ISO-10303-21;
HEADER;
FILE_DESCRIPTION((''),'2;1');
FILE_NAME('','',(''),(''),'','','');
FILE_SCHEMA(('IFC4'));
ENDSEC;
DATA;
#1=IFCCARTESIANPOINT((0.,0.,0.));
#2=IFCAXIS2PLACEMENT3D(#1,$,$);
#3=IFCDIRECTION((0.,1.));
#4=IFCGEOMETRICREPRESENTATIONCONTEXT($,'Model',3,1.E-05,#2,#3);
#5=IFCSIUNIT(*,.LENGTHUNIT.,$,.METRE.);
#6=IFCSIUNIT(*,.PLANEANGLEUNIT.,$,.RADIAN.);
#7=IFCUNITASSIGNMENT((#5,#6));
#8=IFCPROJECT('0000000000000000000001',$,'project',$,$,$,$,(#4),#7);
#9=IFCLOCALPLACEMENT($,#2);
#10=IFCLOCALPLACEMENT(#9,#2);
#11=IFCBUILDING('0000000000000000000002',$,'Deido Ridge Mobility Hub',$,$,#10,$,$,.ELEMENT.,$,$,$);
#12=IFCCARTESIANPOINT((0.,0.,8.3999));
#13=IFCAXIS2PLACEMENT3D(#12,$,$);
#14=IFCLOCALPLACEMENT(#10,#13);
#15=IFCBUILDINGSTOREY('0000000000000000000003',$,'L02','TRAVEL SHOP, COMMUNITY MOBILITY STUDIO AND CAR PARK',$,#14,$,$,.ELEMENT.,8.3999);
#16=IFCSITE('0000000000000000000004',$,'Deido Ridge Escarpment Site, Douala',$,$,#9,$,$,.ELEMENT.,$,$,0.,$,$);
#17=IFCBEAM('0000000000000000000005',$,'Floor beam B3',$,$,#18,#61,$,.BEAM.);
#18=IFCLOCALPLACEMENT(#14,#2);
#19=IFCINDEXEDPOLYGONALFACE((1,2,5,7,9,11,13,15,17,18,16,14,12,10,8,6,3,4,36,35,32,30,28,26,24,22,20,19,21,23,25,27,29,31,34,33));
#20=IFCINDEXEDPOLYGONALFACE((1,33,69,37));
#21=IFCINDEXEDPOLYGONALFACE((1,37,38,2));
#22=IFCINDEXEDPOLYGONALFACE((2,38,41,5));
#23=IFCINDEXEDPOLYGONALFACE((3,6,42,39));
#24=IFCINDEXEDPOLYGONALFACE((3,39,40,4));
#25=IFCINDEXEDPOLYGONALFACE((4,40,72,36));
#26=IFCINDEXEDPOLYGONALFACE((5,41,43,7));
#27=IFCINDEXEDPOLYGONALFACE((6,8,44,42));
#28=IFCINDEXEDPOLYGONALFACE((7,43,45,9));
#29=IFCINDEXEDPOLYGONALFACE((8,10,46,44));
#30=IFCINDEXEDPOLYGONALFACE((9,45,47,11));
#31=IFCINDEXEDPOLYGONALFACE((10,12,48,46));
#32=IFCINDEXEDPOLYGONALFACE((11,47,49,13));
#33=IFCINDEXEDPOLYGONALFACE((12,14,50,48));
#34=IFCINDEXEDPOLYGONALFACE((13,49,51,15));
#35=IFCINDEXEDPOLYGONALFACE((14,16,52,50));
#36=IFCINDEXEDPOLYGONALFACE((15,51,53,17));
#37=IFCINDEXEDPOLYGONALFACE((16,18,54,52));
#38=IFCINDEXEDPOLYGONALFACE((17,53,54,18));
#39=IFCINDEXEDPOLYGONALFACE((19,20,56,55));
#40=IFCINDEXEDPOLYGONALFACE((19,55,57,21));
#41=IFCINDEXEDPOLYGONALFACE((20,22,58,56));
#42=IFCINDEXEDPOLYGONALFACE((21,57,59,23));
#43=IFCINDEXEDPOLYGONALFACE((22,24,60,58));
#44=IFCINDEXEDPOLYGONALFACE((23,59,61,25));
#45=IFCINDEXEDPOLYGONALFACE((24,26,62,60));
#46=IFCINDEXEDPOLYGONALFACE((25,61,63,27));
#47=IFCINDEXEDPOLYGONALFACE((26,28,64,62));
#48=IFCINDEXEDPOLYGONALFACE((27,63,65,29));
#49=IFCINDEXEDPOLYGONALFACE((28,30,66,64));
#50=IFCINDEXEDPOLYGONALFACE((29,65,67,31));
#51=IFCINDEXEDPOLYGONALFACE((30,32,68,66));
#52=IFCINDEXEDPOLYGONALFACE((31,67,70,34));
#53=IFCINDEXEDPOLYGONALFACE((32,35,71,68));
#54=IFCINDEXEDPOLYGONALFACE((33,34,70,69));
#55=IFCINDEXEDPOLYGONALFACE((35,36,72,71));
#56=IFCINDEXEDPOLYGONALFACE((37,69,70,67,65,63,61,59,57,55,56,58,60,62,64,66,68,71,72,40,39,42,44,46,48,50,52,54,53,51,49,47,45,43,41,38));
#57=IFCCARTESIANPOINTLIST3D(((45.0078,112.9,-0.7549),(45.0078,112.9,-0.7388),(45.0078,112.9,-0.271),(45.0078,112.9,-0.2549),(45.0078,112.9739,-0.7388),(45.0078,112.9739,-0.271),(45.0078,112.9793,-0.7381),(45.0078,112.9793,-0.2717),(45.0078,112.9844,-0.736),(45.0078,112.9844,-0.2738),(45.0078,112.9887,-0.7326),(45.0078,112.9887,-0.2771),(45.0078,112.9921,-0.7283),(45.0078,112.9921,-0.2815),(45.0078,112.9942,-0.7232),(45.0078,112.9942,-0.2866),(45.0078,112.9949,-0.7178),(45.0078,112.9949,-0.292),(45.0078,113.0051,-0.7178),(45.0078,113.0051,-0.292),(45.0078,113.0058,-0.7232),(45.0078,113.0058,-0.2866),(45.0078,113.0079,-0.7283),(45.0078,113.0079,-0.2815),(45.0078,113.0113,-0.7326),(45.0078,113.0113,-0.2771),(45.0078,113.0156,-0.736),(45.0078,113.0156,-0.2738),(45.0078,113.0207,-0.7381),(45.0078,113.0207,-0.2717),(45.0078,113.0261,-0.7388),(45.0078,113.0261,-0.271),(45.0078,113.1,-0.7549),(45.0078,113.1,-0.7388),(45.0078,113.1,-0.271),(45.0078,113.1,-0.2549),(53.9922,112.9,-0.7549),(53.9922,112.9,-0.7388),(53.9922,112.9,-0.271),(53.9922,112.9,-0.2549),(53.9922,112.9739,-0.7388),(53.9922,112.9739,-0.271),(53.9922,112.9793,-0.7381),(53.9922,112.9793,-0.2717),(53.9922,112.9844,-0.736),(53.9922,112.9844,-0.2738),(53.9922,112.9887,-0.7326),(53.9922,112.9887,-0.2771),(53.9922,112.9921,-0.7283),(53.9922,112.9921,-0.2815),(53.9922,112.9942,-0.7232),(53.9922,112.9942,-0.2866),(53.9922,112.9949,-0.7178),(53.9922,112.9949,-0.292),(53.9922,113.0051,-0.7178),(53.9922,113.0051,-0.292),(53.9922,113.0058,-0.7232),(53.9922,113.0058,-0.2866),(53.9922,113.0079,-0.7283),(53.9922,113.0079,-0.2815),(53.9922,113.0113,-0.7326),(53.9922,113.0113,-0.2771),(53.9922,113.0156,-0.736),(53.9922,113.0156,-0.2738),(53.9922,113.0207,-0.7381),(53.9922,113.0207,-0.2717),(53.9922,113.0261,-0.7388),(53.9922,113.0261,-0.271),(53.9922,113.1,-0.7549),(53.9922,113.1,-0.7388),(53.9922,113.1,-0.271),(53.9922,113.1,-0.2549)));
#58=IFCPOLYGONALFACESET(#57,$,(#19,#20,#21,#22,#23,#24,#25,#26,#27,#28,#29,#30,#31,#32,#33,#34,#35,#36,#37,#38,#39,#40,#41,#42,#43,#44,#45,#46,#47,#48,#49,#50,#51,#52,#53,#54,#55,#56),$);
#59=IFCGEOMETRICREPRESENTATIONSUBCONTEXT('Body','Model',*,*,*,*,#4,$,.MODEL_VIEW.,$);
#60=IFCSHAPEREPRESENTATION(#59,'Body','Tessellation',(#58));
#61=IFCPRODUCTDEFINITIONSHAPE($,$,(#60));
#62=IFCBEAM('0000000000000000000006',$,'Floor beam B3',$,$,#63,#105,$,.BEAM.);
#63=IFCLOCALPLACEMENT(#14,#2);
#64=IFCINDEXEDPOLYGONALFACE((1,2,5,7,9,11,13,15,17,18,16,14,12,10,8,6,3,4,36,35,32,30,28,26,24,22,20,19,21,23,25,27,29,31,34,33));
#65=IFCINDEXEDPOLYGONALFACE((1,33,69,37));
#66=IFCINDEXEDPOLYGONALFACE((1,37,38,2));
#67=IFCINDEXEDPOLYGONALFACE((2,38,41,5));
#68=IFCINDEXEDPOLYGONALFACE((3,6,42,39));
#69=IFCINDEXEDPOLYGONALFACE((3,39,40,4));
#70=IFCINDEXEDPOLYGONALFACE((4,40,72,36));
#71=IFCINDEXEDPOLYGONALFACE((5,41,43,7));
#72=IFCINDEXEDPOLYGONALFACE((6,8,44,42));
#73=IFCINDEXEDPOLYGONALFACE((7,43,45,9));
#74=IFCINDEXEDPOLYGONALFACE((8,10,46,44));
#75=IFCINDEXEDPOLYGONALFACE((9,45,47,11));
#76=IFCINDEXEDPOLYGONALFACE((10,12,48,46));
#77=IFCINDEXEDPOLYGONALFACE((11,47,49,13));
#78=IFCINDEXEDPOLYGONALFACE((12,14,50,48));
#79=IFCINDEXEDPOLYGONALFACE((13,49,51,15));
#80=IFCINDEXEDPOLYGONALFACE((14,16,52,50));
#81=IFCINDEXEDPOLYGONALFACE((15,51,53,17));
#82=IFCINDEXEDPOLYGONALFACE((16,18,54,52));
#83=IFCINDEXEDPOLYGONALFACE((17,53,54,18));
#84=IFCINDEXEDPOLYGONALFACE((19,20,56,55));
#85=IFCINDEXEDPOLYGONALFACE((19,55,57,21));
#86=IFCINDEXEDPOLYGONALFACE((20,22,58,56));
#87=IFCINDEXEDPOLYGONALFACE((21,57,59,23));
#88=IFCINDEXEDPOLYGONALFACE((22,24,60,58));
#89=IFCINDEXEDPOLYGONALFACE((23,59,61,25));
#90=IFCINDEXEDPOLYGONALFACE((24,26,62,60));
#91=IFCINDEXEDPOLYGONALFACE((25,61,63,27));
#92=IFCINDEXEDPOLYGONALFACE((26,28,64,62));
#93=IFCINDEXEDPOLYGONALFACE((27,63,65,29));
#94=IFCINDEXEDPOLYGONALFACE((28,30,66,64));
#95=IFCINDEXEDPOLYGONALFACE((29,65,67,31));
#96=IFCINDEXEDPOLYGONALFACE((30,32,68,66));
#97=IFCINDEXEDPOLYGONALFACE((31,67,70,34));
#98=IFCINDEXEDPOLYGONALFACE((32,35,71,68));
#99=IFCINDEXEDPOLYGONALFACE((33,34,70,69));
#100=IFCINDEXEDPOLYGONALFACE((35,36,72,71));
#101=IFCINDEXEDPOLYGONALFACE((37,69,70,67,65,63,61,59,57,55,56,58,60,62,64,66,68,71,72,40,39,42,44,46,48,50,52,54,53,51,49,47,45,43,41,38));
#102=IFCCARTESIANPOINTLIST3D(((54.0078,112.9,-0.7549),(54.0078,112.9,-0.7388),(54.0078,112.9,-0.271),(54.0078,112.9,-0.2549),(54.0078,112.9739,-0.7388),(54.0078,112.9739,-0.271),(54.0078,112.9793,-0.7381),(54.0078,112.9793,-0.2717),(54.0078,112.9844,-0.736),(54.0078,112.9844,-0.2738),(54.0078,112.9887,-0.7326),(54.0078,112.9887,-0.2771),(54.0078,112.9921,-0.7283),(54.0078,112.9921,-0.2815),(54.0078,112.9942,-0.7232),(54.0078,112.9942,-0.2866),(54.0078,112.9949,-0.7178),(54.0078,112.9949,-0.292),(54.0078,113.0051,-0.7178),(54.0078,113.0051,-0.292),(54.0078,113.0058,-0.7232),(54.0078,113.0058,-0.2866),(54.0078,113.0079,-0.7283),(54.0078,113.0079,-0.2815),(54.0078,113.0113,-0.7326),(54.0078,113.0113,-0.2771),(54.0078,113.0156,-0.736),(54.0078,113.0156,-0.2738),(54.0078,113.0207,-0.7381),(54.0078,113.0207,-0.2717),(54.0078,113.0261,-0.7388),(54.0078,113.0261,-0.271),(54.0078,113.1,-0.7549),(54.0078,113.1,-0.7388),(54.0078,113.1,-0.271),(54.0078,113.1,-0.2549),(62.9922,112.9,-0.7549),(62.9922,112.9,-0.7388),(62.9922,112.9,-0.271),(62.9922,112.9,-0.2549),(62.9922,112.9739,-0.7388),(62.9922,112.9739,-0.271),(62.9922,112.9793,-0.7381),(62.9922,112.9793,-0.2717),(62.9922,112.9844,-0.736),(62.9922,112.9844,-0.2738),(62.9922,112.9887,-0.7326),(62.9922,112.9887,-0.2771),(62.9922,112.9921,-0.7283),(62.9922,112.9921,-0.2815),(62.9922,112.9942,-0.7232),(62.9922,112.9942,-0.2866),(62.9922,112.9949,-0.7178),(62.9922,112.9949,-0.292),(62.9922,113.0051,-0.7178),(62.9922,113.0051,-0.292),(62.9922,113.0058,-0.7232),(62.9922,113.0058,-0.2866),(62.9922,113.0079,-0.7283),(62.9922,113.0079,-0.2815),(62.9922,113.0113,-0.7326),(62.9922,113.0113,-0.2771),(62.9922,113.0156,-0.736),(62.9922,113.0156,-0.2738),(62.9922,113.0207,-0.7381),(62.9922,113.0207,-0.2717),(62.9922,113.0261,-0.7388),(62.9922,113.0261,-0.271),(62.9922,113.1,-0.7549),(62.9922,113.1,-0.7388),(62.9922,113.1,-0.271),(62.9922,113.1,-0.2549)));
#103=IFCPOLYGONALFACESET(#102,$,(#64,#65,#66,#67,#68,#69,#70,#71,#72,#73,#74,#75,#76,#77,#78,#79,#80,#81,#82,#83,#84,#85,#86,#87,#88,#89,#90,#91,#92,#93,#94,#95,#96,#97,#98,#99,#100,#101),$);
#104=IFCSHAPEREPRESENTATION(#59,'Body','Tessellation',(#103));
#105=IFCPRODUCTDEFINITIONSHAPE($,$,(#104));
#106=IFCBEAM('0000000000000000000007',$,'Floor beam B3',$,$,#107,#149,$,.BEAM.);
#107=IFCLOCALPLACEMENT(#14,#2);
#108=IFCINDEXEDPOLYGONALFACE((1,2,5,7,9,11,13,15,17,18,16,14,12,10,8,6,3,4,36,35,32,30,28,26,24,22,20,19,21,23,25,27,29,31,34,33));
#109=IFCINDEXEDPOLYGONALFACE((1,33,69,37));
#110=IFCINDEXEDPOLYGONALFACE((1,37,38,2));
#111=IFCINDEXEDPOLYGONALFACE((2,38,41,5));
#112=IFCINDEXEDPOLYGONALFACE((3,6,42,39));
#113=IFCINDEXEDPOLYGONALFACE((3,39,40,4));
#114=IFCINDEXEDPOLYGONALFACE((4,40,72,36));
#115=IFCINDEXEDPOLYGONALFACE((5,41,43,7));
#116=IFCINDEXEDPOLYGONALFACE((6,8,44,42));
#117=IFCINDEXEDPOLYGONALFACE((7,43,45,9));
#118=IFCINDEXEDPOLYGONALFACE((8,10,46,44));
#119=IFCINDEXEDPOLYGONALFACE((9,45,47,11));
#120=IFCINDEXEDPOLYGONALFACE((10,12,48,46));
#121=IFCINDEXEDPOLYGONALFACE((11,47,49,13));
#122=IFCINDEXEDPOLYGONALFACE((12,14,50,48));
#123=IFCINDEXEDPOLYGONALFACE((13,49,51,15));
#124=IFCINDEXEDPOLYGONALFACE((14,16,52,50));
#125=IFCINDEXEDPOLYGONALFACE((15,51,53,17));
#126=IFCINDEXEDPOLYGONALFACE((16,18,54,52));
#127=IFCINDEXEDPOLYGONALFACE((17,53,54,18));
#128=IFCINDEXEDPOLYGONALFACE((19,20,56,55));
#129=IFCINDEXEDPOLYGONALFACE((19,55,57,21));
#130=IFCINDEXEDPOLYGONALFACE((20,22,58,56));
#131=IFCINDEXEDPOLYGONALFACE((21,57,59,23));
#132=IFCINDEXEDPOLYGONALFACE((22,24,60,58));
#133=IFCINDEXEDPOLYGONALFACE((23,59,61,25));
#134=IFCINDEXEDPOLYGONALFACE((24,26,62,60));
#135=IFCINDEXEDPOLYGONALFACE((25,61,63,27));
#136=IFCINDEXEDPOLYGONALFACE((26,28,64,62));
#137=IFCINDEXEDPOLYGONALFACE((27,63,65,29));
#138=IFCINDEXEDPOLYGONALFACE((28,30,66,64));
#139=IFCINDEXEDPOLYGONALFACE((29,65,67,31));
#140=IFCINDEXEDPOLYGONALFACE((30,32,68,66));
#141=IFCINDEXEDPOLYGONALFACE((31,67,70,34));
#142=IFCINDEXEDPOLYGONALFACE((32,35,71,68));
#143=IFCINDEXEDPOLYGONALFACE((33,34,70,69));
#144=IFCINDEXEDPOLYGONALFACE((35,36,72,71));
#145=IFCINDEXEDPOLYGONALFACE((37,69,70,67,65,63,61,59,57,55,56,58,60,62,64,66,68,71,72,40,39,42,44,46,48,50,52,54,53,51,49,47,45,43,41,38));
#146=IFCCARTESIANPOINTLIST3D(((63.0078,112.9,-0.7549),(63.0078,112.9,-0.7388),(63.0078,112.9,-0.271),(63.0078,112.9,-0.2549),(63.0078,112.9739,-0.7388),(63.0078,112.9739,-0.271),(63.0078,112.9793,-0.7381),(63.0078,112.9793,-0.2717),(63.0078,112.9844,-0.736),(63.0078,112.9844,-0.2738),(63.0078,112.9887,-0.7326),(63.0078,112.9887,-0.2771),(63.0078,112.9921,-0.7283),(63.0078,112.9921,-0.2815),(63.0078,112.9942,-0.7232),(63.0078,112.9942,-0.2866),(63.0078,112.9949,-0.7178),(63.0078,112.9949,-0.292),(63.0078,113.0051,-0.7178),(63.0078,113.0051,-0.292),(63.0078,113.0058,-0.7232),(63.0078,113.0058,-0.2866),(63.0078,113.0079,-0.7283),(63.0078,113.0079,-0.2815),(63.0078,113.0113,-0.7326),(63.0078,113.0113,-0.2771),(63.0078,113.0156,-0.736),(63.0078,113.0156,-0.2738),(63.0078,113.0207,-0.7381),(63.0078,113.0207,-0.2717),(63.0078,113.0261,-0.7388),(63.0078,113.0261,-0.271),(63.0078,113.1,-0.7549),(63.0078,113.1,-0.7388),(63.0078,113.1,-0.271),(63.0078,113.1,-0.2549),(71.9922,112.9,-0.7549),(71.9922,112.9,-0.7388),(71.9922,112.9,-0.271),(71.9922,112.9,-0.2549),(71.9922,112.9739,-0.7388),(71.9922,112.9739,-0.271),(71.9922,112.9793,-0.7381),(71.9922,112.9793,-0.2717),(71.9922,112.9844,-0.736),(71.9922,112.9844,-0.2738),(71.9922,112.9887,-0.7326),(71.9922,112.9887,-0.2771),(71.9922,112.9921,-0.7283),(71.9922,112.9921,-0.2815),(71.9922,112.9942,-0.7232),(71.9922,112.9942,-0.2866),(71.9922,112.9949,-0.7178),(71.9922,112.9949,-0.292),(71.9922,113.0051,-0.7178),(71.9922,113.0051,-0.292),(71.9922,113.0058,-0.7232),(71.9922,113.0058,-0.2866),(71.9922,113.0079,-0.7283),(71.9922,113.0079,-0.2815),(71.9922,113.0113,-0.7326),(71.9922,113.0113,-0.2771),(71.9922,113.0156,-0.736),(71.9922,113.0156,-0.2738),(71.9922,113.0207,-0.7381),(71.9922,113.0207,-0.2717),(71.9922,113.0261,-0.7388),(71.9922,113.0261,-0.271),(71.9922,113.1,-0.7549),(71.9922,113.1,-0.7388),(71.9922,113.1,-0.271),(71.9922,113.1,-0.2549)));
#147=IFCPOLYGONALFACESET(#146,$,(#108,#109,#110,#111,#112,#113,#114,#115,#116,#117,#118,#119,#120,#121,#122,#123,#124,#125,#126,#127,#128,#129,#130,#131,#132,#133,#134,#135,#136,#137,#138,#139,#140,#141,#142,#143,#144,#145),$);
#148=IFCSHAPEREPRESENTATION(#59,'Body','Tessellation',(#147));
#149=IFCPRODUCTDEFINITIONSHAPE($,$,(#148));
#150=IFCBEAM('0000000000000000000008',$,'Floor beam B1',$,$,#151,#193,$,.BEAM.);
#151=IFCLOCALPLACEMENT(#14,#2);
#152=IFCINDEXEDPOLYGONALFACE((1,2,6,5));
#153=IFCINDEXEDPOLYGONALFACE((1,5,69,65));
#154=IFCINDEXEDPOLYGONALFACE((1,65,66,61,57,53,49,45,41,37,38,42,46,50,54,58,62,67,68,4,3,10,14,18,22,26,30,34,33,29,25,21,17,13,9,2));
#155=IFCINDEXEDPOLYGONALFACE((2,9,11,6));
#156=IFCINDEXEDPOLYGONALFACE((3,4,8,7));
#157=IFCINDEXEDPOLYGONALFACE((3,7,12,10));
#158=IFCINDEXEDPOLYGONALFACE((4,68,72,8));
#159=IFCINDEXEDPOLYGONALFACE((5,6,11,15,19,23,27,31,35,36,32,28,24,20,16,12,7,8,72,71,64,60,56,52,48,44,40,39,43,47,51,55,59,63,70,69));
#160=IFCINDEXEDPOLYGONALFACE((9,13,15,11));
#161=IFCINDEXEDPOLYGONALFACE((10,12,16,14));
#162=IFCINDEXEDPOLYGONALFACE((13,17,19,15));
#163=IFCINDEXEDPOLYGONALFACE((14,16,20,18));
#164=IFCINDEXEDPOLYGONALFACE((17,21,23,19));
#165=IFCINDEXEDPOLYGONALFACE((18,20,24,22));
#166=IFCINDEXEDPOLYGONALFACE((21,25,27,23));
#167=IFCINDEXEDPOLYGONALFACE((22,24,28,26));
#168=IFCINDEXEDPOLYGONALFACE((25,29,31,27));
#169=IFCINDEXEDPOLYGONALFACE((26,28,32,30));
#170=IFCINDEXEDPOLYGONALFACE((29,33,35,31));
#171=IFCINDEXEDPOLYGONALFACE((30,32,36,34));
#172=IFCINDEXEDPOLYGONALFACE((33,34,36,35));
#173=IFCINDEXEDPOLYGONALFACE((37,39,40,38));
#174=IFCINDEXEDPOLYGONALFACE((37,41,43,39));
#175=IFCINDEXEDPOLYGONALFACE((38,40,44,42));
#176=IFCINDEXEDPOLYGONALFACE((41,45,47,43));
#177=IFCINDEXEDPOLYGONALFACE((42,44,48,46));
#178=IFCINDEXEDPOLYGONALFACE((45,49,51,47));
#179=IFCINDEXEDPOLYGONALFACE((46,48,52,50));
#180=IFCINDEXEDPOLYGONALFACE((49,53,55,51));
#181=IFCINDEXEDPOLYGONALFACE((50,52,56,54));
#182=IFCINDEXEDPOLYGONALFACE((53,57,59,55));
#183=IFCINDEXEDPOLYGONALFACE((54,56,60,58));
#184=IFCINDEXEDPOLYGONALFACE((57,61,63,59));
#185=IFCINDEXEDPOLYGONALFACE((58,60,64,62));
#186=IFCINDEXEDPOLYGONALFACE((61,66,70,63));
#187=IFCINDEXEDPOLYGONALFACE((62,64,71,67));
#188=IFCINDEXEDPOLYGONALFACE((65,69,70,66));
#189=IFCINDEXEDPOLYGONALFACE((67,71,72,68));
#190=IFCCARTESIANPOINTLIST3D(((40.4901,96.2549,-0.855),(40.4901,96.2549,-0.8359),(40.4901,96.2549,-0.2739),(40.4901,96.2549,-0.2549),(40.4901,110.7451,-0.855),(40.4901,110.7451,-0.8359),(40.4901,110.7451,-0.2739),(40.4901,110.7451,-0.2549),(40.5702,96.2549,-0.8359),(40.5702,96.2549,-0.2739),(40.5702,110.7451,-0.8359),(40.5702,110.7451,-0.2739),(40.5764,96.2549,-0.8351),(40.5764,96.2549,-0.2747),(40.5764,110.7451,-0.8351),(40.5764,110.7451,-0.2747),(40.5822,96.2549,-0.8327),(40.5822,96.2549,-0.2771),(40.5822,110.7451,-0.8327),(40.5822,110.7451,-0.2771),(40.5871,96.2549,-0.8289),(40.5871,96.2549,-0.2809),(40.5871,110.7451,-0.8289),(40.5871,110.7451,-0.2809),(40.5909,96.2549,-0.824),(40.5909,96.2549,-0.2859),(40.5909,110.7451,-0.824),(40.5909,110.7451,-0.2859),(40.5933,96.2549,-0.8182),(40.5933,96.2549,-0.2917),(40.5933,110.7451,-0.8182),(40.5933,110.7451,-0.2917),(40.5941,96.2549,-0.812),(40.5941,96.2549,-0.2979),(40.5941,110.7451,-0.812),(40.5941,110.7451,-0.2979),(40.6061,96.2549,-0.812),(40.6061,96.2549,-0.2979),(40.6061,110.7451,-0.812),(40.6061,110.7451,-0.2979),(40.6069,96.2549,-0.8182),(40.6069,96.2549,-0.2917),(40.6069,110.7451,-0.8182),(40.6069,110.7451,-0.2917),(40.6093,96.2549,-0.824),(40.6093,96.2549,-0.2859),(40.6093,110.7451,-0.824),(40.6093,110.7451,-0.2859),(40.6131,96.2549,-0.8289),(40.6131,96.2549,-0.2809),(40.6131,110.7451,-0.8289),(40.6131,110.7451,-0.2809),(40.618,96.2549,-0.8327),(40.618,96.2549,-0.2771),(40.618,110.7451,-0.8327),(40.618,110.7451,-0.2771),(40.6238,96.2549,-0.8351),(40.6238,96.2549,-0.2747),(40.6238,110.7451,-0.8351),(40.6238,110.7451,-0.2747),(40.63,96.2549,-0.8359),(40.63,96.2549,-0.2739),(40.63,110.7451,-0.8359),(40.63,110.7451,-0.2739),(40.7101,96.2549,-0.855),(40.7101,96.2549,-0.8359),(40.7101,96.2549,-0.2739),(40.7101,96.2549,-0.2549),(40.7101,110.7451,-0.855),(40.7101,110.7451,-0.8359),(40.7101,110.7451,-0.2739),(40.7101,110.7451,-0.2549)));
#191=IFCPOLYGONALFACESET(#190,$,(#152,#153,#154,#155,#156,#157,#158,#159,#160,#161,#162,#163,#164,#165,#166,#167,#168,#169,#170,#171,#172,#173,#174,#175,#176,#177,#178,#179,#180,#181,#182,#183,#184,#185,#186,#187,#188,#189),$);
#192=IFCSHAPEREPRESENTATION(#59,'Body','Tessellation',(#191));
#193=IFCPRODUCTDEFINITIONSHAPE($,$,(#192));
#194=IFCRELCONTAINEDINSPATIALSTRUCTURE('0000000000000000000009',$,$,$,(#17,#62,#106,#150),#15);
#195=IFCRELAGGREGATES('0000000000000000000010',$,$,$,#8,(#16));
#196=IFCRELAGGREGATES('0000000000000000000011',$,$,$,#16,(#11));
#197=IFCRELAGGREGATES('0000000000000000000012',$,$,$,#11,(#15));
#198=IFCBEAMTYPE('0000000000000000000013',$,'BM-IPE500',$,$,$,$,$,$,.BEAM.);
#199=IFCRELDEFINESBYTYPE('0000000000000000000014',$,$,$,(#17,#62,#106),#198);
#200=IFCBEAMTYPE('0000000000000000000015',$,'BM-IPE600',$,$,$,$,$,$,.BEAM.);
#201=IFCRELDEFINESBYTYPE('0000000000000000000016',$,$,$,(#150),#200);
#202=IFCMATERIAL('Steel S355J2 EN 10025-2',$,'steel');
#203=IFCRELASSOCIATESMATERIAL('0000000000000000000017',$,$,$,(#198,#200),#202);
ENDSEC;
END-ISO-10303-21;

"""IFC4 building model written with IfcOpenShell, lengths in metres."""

from ifc_helpers import new_model, si_unit, direction, frame, origin, origin_2d, place, context, subcontext, project, spatial, i_section, extrude, material, material_profile, profile_set, type_object, element, save


model = new_model("IFC4")

# Units and contexts
model_context = context("Model", 3, precision=1e-05, world=origin(), true_north=direction((0.0, 1.0)))
body_context = subcontext(model_context, "Body", "Model", "MODEL_VIEW")
ifc_project = project(units=[si_unit("LENGTHUNIT", "METRE"), si_unit("PLANEANGLEUNIT", "RADIAN")], contexts=[model_context])

# Site, building, storey
site_placement = place(None, origin())
site = spatial("IfcSite", under=ifc_project, at=site_placement, Name="Deido Ridge Escarpment Site, Douala", CompositionType="ELEMENT", RefElevation=0.0)
building_placement = place(site_placement, origin())
building = spatial("IfcBuilding", under=site, at=building_placement, Name="Deido Ridge Mobility Hub", CompositionType="ELEMENT")
storey_placement = place(building_placement, frame((0.0, 0.0, 8.3999)))
storey = spatial("IfcBuildingStorey", under=building, at=storey_placement, Name="L02", Description="TRAVEL SHOP, COMMUNITY MOBILITY STUDIO AND CAR PARK", CompositionType="ELEMENT", Elevation=8.3999)

# Shared definitions
ifc_material_1 = material(Name="Steel S355J2 EN 10025-2", Category="steel")

# Beams
ifc_material_profile_1 = material_profile(ifc_material_1, i_section(OverallWidth=0.2, OverallDepth=0.5, WebThickness=0.0103, FlangeThickness=0.0161, FilletRadius=0.021, at=origin_2d()), Name="IPE 500")
ifc_profile_set_1 = profile_set([ifc_material_profile_1], Name="Steel S355J2 EN 10025-2")
beam_type_1 = type_object("IfcBeamType", Name="BM-IPE500", PredefinedType="BEAM", material=ifc_profile_set_1)
for number, where, z_axis, x_axis, name in (
    (1, (45.0078, 113.0, -0.5049), (1.0, 0.0, 0.0), (0.0, 1.0, 0.0), "Floor beam B3"),
    (2, (54.0078, 113.0, -0.5049), (1.0, 0.0, 0.0), (0.0, 1.0, 0.0), "Floor beam B3"),
    (3, (63.0078, 113.0, -0.5049), (1.0, 0.0, 0.0), (0.0, 1.0, 0.0), "Floor beam B3"),
):
    element("IfcBeam", number, at=place(storey_placement, frame(where, z_axis=z_axis, x_axis=x_axis)), inside=storey, type_object=beam_type_1, Name=name, PredefinedType="BEAM", context=body_context, shape_type="SweptSolid", body=[
        extrude(i_section(OverallWidth=0.2, OverallDepth=0.5, WebThickness=0.0103, FlangeThickness=0.0161, FilletRadius=0.021, at=origin_2d()), origin(), (0.0, 0.0, 1.0), 8.9844),
    ])
ifc_material_profile_2 = material_profile(ifc_material_1, i_section(OverallWidth=0.22, OverallDepth=0.6001, WebThickness=0.012, FlangeThickness=0.019, FilletRadius=0.0239, at=origin_2d()), Name="IPE 600")
ifc_profile_set_2 = profile_set([ifc_material_profile_2], Name="Steel S355J2 EN 10025-2")
beam_type_2 = type_object("IfcBeamType", Name="BM-IPE600", PredefinedType="BEAM", material=ifc_profile_set_2)
beam_1_placement = place(storey_placement, frame((40.6001, 96.2549, -0.5549), z_axis=(0.0, 1.0, 0.0), x_axis=(-1.0, 0.0, 0.0)))
element("IfcBeam", 4, at=beam_1_placement, inside=storey, type_object=beam_type_2, Name="Floor beam B1", PredefinedType="BEAM", context=body_context, shape_type="SweptSolid", body=[
    extrude(i_section(OverallWidth=0.22, OverallDepth=0.6001, WebThickness=0.012, FlangeThickness=0.019, FilletRadius=0.0239, at=origin_2d()), origin(), (0.0, 0.0, 1.0), 14.4902),
])

save(model, "model.ifc")
